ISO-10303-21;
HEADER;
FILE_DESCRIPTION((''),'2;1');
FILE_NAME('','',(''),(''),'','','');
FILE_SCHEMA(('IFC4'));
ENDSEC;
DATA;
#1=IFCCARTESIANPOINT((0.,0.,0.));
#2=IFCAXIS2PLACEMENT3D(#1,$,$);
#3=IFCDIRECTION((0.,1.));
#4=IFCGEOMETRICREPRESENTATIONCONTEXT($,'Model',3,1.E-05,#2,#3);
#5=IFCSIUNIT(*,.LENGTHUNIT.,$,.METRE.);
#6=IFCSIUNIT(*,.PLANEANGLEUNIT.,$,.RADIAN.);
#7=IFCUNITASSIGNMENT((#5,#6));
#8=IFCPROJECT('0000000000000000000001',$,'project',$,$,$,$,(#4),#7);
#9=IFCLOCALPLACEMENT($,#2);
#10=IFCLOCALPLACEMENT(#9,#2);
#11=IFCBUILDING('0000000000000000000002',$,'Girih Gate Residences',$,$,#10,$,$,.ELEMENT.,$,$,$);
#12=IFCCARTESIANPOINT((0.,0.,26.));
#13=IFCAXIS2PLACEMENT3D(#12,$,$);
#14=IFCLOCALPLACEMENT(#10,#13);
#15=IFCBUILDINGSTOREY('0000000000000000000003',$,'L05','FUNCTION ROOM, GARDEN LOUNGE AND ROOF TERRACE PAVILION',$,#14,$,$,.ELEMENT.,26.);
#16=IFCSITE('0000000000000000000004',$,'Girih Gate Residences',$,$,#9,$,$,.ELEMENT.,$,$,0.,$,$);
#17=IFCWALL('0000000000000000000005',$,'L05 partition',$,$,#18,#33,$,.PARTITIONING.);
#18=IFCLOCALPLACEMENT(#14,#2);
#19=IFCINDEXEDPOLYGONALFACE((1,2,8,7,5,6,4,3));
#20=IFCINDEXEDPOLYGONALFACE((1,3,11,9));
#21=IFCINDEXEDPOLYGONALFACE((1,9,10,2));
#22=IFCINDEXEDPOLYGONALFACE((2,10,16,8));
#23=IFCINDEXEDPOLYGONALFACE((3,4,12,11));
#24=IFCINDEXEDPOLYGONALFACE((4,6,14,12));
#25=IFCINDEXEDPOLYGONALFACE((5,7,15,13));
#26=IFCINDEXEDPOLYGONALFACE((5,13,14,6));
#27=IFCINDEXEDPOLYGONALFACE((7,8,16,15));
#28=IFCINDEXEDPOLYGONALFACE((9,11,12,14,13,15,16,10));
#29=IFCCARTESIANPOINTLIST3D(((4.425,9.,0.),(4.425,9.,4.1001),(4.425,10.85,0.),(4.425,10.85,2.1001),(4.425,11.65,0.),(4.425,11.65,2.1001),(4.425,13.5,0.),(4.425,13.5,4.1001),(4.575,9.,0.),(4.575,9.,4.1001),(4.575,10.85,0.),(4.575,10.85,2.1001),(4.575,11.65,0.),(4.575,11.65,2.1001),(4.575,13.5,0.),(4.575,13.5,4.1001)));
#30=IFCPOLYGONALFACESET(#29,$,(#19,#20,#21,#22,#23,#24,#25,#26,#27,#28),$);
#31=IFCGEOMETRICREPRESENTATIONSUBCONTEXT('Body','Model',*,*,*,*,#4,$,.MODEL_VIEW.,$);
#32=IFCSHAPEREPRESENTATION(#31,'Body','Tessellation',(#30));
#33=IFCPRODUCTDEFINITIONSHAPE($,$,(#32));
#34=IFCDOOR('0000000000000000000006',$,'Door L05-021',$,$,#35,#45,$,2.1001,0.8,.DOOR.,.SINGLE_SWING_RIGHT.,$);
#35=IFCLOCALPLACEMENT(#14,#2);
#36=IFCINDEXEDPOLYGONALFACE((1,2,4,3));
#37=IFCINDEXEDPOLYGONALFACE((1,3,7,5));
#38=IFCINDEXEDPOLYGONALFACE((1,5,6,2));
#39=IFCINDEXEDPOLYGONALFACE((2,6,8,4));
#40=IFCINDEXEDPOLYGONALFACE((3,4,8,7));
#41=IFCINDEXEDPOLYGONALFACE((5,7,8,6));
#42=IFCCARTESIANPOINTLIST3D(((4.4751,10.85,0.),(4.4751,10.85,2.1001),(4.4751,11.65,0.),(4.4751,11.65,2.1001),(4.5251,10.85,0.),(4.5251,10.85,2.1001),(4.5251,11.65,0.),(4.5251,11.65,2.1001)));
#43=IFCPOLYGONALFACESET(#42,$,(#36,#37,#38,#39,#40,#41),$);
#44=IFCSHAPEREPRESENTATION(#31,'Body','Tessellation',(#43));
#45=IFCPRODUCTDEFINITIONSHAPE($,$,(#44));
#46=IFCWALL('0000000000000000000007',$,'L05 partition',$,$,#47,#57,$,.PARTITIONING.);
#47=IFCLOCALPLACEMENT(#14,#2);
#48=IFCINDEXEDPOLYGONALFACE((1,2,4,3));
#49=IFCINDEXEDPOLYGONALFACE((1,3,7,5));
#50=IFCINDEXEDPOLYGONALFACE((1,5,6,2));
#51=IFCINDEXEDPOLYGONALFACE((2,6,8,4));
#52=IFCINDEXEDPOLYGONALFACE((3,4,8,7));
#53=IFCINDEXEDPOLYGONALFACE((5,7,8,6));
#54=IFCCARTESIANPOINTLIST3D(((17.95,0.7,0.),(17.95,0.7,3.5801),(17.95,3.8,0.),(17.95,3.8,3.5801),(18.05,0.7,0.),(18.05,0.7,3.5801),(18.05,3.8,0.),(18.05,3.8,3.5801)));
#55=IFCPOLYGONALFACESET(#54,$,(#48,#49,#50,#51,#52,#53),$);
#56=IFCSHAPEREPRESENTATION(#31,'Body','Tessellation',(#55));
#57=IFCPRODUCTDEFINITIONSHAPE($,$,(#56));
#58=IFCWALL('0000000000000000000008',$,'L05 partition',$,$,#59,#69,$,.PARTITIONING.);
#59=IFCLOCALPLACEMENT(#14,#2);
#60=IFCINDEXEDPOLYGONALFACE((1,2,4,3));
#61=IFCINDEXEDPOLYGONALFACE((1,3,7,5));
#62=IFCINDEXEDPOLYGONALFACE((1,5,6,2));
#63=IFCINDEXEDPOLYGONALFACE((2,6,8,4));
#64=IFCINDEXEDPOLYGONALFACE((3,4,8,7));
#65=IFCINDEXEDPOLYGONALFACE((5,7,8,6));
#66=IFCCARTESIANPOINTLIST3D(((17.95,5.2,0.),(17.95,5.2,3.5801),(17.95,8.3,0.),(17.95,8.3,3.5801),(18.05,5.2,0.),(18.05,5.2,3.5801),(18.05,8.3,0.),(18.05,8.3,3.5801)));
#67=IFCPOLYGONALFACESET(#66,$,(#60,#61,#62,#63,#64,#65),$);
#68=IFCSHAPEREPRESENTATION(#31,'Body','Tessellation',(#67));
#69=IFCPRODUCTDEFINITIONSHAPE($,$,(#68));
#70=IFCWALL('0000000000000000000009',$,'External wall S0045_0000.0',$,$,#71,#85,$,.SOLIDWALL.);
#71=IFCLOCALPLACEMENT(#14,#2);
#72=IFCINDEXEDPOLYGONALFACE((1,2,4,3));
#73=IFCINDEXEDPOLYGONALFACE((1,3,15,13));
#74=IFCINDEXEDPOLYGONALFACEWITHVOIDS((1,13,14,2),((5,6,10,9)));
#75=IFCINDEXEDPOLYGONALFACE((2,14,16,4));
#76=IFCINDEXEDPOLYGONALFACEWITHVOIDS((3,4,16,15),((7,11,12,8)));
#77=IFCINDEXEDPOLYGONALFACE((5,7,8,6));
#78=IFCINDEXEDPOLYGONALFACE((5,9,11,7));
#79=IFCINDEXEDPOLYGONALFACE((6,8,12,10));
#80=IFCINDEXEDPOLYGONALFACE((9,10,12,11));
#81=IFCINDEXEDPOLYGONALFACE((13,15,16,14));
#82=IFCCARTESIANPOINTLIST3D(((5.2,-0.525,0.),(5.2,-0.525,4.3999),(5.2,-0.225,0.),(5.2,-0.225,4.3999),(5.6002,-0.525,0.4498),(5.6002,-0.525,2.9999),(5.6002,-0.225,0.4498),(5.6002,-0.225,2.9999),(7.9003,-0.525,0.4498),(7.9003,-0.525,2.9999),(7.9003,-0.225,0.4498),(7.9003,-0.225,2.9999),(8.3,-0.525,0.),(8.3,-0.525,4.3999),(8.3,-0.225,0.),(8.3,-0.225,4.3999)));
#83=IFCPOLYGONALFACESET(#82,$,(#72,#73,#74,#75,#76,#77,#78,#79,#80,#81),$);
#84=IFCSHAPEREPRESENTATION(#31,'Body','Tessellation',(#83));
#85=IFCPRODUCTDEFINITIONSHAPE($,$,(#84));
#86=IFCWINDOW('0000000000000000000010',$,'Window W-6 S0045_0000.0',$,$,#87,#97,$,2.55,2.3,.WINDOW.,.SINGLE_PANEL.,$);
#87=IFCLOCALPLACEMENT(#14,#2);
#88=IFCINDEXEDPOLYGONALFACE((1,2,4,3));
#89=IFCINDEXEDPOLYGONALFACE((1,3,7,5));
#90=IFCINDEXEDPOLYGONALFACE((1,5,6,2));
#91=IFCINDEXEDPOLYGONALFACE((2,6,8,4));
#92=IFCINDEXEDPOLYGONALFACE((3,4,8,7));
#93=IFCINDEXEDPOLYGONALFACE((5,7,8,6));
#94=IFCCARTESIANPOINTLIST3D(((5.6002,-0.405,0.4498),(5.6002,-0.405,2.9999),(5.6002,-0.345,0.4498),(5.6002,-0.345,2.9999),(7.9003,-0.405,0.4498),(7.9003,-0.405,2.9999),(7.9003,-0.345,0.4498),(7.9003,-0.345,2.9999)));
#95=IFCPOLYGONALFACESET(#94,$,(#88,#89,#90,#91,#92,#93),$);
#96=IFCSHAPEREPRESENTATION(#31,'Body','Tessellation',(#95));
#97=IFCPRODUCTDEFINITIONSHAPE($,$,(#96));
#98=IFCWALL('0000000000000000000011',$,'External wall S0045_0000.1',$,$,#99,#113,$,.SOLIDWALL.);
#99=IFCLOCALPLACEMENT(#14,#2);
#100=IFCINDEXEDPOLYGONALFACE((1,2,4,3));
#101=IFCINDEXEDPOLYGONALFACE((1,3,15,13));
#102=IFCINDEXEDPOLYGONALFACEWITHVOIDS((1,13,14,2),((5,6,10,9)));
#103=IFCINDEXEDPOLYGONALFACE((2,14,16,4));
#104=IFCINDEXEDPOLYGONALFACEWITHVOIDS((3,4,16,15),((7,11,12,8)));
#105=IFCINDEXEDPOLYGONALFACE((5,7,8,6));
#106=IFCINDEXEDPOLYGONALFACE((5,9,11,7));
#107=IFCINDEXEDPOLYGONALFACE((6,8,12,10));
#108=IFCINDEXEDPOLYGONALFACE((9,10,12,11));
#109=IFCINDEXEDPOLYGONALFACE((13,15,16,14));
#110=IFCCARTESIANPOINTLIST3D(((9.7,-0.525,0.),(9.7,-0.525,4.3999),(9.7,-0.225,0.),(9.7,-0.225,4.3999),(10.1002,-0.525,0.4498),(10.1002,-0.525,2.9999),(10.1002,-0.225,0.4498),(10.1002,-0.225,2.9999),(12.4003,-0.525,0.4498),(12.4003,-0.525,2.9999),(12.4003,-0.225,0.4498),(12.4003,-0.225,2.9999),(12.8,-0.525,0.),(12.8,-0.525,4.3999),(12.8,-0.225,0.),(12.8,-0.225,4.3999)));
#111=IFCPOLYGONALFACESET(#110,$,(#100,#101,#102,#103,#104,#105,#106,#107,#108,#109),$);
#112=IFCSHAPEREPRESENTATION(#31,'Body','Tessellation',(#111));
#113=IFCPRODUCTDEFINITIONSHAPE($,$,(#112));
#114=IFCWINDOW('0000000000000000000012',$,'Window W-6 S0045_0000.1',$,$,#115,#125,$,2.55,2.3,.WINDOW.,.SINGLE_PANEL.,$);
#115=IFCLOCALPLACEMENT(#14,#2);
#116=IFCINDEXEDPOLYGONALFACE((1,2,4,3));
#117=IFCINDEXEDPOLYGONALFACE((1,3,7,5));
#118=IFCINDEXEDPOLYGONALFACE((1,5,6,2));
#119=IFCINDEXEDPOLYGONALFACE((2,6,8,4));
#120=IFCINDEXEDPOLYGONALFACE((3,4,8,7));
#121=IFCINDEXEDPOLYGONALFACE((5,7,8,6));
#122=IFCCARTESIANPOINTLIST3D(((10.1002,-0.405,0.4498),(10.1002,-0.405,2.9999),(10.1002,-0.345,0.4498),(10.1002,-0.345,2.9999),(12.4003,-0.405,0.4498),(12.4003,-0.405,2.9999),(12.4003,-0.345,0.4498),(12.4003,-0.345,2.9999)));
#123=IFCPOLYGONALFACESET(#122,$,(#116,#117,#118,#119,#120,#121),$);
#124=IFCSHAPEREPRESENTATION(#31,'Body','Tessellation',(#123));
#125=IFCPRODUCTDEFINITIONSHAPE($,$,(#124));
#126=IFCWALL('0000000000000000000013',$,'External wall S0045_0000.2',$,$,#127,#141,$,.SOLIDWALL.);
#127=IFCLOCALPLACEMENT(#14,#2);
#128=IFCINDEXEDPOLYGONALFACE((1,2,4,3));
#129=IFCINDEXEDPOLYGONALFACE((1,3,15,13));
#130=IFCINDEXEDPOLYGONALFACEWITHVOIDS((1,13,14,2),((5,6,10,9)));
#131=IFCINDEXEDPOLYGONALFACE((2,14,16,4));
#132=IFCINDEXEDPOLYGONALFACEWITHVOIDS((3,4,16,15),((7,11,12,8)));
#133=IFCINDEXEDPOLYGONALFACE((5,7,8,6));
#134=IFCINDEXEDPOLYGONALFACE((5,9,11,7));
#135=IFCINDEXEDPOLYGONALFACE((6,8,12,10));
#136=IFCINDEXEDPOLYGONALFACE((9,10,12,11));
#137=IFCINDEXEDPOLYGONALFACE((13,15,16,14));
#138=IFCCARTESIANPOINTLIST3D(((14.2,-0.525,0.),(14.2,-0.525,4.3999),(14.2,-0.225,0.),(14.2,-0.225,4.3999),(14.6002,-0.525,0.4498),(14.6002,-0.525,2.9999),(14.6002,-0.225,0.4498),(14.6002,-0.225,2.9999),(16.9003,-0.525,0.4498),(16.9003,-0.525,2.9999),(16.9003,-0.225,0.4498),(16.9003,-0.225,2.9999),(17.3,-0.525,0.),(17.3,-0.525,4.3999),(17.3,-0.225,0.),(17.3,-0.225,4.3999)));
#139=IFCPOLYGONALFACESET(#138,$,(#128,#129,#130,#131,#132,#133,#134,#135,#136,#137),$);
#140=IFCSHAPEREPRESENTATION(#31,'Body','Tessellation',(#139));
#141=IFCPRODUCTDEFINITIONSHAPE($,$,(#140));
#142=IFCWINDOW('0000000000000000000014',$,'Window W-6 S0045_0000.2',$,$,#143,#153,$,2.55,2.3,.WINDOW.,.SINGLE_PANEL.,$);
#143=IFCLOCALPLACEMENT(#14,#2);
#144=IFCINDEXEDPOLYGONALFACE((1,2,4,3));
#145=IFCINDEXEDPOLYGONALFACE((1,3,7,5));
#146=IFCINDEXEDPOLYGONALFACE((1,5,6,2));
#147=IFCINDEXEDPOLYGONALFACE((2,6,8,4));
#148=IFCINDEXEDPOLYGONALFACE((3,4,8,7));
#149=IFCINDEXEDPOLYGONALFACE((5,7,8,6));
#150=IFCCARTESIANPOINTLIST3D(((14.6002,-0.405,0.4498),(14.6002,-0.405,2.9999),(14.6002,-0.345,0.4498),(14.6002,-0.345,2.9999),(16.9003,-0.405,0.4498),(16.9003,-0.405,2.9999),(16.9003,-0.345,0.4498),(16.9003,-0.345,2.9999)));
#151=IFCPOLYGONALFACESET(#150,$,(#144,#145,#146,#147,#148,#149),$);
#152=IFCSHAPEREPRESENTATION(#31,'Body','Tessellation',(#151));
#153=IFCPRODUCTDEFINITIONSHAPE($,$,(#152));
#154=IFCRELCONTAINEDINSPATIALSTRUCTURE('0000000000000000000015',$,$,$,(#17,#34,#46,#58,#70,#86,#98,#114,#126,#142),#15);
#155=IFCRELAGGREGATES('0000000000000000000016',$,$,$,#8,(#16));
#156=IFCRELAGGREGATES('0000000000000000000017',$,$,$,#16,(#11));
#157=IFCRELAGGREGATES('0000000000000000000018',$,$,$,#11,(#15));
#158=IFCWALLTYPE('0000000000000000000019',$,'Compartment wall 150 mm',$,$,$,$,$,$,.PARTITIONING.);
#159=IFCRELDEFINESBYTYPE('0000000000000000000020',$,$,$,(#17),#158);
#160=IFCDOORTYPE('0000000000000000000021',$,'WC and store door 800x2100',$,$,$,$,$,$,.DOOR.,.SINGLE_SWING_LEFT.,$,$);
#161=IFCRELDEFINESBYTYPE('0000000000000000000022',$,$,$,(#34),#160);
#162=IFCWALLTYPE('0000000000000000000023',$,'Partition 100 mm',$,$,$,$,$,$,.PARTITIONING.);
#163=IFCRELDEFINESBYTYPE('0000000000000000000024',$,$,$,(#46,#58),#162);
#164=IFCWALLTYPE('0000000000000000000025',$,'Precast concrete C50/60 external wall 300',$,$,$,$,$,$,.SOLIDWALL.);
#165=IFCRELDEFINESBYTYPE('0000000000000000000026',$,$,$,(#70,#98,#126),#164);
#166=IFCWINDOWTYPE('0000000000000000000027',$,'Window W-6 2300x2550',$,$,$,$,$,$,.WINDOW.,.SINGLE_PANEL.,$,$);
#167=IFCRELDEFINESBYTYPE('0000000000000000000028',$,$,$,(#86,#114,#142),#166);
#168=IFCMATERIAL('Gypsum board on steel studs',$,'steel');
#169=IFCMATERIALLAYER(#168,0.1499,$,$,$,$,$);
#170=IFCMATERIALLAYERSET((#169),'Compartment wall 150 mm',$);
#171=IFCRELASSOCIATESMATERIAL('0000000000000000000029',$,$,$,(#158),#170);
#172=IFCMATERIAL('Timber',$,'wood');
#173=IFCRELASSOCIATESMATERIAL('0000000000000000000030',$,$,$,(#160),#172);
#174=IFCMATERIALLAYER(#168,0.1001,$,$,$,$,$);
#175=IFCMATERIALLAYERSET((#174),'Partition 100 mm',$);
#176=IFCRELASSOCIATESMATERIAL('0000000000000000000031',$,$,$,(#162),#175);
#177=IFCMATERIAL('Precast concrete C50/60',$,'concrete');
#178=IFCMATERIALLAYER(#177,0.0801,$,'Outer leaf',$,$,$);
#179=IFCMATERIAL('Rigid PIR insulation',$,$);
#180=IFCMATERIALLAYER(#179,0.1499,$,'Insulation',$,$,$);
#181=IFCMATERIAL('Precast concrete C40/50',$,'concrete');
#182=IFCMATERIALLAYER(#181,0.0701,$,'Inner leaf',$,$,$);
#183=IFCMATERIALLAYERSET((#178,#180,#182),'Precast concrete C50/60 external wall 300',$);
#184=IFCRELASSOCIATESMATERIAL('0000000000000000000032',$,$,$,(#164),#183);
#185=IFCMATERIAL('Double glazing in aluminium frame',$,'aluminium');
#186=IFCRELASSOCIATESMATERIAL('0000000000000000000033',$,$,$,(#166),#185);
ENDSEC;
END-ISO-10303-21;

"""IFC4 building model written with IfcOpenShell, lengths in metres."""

from ifc_helpers import new_model, si_unit, direction, frame, frame_2d, origin, place, context, subcontext, project, spatial, rectangle, extrude, material, layer, layer_set, type_object, element, fill, save


model = new_model("IFC4")

# Units and contexts
model_context = context("Model", 3, precision=1e-05, world=origin(), true_north=direction((0.0, 1.0)))
body_context = subcontext(model_context, "Body", "Model", "MODEL_VIEW")
ifc_project = project(units=[si_unit("LENGTHUNIT", "METRE"), si_unit("PLANEANGLEUNIT", "RADIAN")], contexts=[model_context])

# Site, building, storey
site_placement = place(None, origin())
site = spatial("IfcSite", under=ifc_project, at=site_placement, Name="Girih Gate Residences", CompositionType="ELEMENT", RefElevation=0.0)
building_placement = place(site_placement, origin())
building = spatial("IfcBuilding", under=site, at=building_placement, Name="Girih Gate Residences", CompositionType="ELEMENT")
storey_placement = place(building_placement, frame((0.0, 0.0, 26.0)))
storey = spatial("IfcBuildingStorey", under=building, at=storey_placement, Name="L05", Description="FUNCTION ROOM, GARDEN LOUNGE AND ROOF TERRACE PAVILION", CompositionType="ELEMENT", Elevation=26.0)

# Wall, opening, door
ifc_material_1 = material(Name="Gypsum board on steel studs", Category="steel")
ifc_layer_1 = layer(ifc_material_1, 0.1499)
ifc_layer_set_1 = layer_set([ifc_layer_1], Name="Compartment wall 150 mm")
wall_type_1 = type_object("IfcWallType", Name="Compartment wall 150 mm", PredefinedType="PARTITIONING", material=ifc_layer_set_1)
ifc_material_2 = material(Name="Timber", Category="wood")
door_type = type_object("IfcDoorType", Name="WC and store door 800x2100", OperationType="SINGLE_SWING_LEFT", PredefinedType="DOOR", material=ifc_material_2)
wall_1_placement = place(storey_placement, frame((4.5, 9.0, 0.0), z_axis=(0.0, 0.0, 1.0), x_axis=(0.0, 1.0, 0.0)))
wall_1 = element("IfcWall", 1, at=wall_1_placement, inside=storey, type_object=wall_type_1, Name="L05 partition", PredefinedType="PARTITIONING", context=body_context, shape_type="SweptSolid", body=[
    extrude(rectangle(XDim=4.5, YDim=0.1499, at=frame_2d((2.25, 0.0))), origin(), (0.0, 0.0, 1.0), 4.1001),
])
opening_1_placement = place(wall_1_placement, frame((1.8501, 0.0, 0.0)))
opening_1 = element("IfcOpeningElement", 2, at=opening_1_placement, cuts=wall_1, PredefinedType="OPENING", context=body_context, shape_type="SweptSolid", body=[
    extrude(rectangle(XDim=0.8, YDim=2.1001, at=frame_2d((0.3999, 1.05))), frame((0.0, 0.085, 0.0), z_axis=(0.0, -1.0, 0.0), x_axis=(1.0, 0.0, 0.0)), (0.0, 0.0, 1.0), 0.1699),
])
door_1_placement = place(opening_1_placement, origin())
door_1 = element("IfcDoor", 3, at=door_1_placement, inside=storey, type_object=door_type, Name="Door L05-021", OperationType="SINGLE_SWING_RIGHT", OverallHeight=2.1001, OverallWidth=0.8, PredefinedType="DOOR", context=body_context, shape_type="SweptSolid", body=[
    extrude(rectangle(XDim=0.8, YDim=2.1001, at=frame_2d((0.3999, 1.05))), frame((0.0, 0.0249, 0.0), z_axis=(0.0, -1.0, 0.0), x_axis=(1.0, 0.0, 0.0)), (0.0, 0.0, 1.0), 0.05),
])
fill(opening_1, door_1)

# Walls
ifc_layer_2 = layer(ifc_material_1, 0.1001)
ifc_layer_set_2 = layer_set([ifc_layer_2], Name="Partition 100 mm")
wall_type_2 = type_object("IfcWallType", Name="Partition 100 mm", PredefinedType="PARTITIONING", material=ifc_layer_set_2)
for number, where, z_axis, x_axis, name in (
    (4, (18.0, 0.7, 0.0), (0.0, 0.0, 1.0), (0.0, 1.0, 0.0), "L05 partition"),
    (5, (18.0, 5.2, 0.0), (0.0, 0.0, 1.0), (0.0, 1.0, 0.0), "L05 partition"),
):
    element("IfcWall", number, at=place(storey_placement, frame(where, z_axis=z_axis, x_axis=x_axis)), inside=storey, type_object=wall_type_2, Name=name, PredefinedType="PARTITIONING", context=body_context, shape_type="SweptSolid", body=[
        extrude(rectangle(XDim=3.1001, YDim=0.1001, at=frame_2d((1.55, 0.0))), origin(), (0.0, 0.0, 1.0), 3.5801),
    ])

# Walls, openings, windows
ifc_material_3 = material(Name="Precast concrete C50/60", Category="concrete")
ifc_layer_3 = layer(ifc_material_3, 0.0801, Name="Outer leaf")
ifc_material_4 = material(Name="Rigid PIR insulation")
ifc_layer_4 = layer(ifc_material_4, 0.1499, Name="Insulation")
ifc_material_5 = material(Name="Precast concrete C40/50", Category="concrete")
ifc_layer_5 = layer(ifc_material_5, 0.0701, Name="Inner leaf")
ifc_layer_set_3 = layer_set([ifc_layer_3, ifc_layer_4, ifc_layer_5], Name="Precast concrete C50/60 external wall 300")
wall_type_3 = type_object("IfcWallType", Name="Precast concrete C50/60 external wall 300", PredefinedType="SOLIDWALL", material=ifc_layer_set_3)
wall_2_placement = place(storey_placement, frame((8.3, -0.375, 0.0), z_axis=(0.0, 0.0, 1.0), x_axis=(-1.0, 0.0, 0.0)))
wall_2 = element("IfcWall", 6, at=wall_2_placement, inside=storey, type_object=wall_type_3, Name="External wall S0045_0000.0", PredefinedType="SOLIDWALL", context=body_context, shape_type="SweptSolid", body=[
    extrude(rectangle(XDim=3.1001, YDim=0.3, at=frame_2d((1.55, 0.0))), origin(), (0.0, 0.0, 1.0), 4.3999),
])
opening_2_placement = place(wall_2_placement, frame((0.3999, 0.0, 0.45)))
opening_2 = element("IfcOpeningElement", 7, at=opening_2_placement, cuts=wall_2, PredefinedType="OPENING", context=body_context, shape_type="SweptSolid", body=[
    extrude(rectangle(XDim=2.3, YDim=2.55, at=frame_2d((1.1499, 1.2749))), frame((0.0, 0.1599, 0.0), z_axis=(0.0, -1.0, 0.0), x_axis=(1.0, 0.0, 0.0)), (0.0, 0.0, 1.0), 0.3201),
])
ifc_material_6 = material(Name="Double glazing in aluminium frame", Category="aluminium")
window_type = type_object("IfcWindowType", Name="Window W-6 2300x2550", PartitioningType="SINGLE_PANEL", PredefinedType="WINDOW", material=ifc_material_6)
window_1_placement = place(opening_2_placement, origin())
window_1 = element("IfcWindow", 8, at=window_1_placement, inside=storey, type_object=window_type, Name="Window W-6 S0045_0000.0", OverallHeight=2.55, OverallWidth=2.3, PartitioningType="SINGLE_PANEL", PredefinedType="WINDOW", context=body_context, shape_type="SweptSolid", body=[
    extrude(rectangle(XDim=2.3, YDim=2.55, at=frame_2d((1.1499, 1.2749))), frame((0.0, 0.03, 0.0), z_axis=(0.0, -1.0, 0.0), x_axis=(1.0, 0.0, 0.0)), (0.0, 0.0, 1.0), 0.0601),
])
fill(opening_2, window_1)
wall_3_placement = place(storey_placement, frame((12.8, -0.375, 0.0), z_axis=(0.0, 0.0, 1.0), x_axis=(-1.0, 0.0, 0.0)))
wall_3 = element("IfcWall", 9, at=wall_3_placement, inside=storey, type_object=wall_type_3, Name="External wall S0045_0000.1", PredefinedType="SOLIDWALL", context=body_context, shape_type="SweptSolid", body=[
    extrude(rectangle(XDim=3.1001, YDim=0.3, at=frame_2d((1.55, 0.0))), origin(), (0.0, 0.0, 1.0), 4.3999),
])
opening_3_placement = place(wall_3_placement, frame((0.3999, 0.0, 0.45)))
opening_3 = element("IfcOpeningElement", 10, at=opening_3_placement, cuts=wall_3, PredefinedType="OPENING", context=body_context, shape_type="SweptSolid", body=[
    extrude(rectangle(XDim=2.3, YDim=2.55, at=frame_2d((1.1499, 1.2749))), frame((0.0, 0.1599, 0.0), z_axis=(0.0, -1.0, 0.0), x_axis=(1.0, 0.0, 0.0)), (0.0, 0.0, 1.0), 0.3201),
])
window_2_placement = place(opening_3_placement, origin())
window_2 = element("IfcWindow", 11, at=window_2_placement, inside=storey, type_object=window_type, Name="Window W-6 S0045_0000.1", OverallHeight=2.55, OverallWidth=2.3, PartitioningType="SINGLE_PANEL", PredefinedType="WINDOW", context=body_context, shape_type="SweptSolid", body=[
    extrude(rectangle(XDim=2.3, YDim=2.55, at=frame_2d((1.1499, 1.2749))), frame((0.0, 0.03, 0.0), z_axis=(0.0, -1.0, 0.0), x_axis=(1.0, 0.0, 0.0)), (0.0, 0.0, 1.0), 0.0601),
])
fill(opening_3, window_2)
wall_4_placement = place(storey_placement, frame((17.3, -0.375, 0.0), z_axis=(0.0, 0.0, 1.0), x_axis=(-1.0, 0.0, 0.0)))
wall_4 = element("IfcWall", 12, at=wall_4_placement, inside=storey, type_object=wall_type_3, Name="External wall S0045_0000.2", PredefinedType="SOLIDWALL", context=body_context, shape_type="SweptSolid", body=[
    extrude(rectangle(XDim=3.1001, YDim=0.3, at=frame_2d((1.55, 0.0))), origin(), (0.0, 0.0, 1.0), 4.3999),
])
opening_4_placement = place(wall_4_placement, frame((0.3999, 0.0, 0.45)))
opening_4 = element("IfcOpeningElement", 13, at=opening_4_placement, cuts=wall_4, PredefinedType="OPENING", context=body_context, shape_type="SweptSolid", body=[
    extrude(rectangle(XDim=2.3, YDim=2.55, at=frame_2d((1.1499, 1.2749))), frame((0.0, 0.1599, 0.0), z_axis=(0.0, -1.0, 0.0), x_axis=(1.0, 0.0, 0.0)), (0.0, 0.0, 1.0), 0.3201),
])
window_3_placement = place(opening_4_placement, origin())
window_3 = element("IfcWindow", 14, at=window_3_placement, inside=storey, type_object=window_type, Name="Window W-6 S0045_0000.2", OverallHeight=2.55, OverallWidth=2.3, PartitioningType="SINGLE_PANEL", PredefinedType="WINDOW", context=body_context, shape_type="SweptSolid", body=[
    extrude(rectangle(XDim=2.3, YDim=2.55, at=frame_2d((1.1499, 1.2749))), frame((0.0, 0.03, 0.0), z_axis=(0.0, -1.0, 0.0), x_axis=(1.0, 0.0, 0.0)), (0.0, 0.0, 1.0), 0.0601),
])
fill(opening_4, window_3)

save(model, "model.ifc")
